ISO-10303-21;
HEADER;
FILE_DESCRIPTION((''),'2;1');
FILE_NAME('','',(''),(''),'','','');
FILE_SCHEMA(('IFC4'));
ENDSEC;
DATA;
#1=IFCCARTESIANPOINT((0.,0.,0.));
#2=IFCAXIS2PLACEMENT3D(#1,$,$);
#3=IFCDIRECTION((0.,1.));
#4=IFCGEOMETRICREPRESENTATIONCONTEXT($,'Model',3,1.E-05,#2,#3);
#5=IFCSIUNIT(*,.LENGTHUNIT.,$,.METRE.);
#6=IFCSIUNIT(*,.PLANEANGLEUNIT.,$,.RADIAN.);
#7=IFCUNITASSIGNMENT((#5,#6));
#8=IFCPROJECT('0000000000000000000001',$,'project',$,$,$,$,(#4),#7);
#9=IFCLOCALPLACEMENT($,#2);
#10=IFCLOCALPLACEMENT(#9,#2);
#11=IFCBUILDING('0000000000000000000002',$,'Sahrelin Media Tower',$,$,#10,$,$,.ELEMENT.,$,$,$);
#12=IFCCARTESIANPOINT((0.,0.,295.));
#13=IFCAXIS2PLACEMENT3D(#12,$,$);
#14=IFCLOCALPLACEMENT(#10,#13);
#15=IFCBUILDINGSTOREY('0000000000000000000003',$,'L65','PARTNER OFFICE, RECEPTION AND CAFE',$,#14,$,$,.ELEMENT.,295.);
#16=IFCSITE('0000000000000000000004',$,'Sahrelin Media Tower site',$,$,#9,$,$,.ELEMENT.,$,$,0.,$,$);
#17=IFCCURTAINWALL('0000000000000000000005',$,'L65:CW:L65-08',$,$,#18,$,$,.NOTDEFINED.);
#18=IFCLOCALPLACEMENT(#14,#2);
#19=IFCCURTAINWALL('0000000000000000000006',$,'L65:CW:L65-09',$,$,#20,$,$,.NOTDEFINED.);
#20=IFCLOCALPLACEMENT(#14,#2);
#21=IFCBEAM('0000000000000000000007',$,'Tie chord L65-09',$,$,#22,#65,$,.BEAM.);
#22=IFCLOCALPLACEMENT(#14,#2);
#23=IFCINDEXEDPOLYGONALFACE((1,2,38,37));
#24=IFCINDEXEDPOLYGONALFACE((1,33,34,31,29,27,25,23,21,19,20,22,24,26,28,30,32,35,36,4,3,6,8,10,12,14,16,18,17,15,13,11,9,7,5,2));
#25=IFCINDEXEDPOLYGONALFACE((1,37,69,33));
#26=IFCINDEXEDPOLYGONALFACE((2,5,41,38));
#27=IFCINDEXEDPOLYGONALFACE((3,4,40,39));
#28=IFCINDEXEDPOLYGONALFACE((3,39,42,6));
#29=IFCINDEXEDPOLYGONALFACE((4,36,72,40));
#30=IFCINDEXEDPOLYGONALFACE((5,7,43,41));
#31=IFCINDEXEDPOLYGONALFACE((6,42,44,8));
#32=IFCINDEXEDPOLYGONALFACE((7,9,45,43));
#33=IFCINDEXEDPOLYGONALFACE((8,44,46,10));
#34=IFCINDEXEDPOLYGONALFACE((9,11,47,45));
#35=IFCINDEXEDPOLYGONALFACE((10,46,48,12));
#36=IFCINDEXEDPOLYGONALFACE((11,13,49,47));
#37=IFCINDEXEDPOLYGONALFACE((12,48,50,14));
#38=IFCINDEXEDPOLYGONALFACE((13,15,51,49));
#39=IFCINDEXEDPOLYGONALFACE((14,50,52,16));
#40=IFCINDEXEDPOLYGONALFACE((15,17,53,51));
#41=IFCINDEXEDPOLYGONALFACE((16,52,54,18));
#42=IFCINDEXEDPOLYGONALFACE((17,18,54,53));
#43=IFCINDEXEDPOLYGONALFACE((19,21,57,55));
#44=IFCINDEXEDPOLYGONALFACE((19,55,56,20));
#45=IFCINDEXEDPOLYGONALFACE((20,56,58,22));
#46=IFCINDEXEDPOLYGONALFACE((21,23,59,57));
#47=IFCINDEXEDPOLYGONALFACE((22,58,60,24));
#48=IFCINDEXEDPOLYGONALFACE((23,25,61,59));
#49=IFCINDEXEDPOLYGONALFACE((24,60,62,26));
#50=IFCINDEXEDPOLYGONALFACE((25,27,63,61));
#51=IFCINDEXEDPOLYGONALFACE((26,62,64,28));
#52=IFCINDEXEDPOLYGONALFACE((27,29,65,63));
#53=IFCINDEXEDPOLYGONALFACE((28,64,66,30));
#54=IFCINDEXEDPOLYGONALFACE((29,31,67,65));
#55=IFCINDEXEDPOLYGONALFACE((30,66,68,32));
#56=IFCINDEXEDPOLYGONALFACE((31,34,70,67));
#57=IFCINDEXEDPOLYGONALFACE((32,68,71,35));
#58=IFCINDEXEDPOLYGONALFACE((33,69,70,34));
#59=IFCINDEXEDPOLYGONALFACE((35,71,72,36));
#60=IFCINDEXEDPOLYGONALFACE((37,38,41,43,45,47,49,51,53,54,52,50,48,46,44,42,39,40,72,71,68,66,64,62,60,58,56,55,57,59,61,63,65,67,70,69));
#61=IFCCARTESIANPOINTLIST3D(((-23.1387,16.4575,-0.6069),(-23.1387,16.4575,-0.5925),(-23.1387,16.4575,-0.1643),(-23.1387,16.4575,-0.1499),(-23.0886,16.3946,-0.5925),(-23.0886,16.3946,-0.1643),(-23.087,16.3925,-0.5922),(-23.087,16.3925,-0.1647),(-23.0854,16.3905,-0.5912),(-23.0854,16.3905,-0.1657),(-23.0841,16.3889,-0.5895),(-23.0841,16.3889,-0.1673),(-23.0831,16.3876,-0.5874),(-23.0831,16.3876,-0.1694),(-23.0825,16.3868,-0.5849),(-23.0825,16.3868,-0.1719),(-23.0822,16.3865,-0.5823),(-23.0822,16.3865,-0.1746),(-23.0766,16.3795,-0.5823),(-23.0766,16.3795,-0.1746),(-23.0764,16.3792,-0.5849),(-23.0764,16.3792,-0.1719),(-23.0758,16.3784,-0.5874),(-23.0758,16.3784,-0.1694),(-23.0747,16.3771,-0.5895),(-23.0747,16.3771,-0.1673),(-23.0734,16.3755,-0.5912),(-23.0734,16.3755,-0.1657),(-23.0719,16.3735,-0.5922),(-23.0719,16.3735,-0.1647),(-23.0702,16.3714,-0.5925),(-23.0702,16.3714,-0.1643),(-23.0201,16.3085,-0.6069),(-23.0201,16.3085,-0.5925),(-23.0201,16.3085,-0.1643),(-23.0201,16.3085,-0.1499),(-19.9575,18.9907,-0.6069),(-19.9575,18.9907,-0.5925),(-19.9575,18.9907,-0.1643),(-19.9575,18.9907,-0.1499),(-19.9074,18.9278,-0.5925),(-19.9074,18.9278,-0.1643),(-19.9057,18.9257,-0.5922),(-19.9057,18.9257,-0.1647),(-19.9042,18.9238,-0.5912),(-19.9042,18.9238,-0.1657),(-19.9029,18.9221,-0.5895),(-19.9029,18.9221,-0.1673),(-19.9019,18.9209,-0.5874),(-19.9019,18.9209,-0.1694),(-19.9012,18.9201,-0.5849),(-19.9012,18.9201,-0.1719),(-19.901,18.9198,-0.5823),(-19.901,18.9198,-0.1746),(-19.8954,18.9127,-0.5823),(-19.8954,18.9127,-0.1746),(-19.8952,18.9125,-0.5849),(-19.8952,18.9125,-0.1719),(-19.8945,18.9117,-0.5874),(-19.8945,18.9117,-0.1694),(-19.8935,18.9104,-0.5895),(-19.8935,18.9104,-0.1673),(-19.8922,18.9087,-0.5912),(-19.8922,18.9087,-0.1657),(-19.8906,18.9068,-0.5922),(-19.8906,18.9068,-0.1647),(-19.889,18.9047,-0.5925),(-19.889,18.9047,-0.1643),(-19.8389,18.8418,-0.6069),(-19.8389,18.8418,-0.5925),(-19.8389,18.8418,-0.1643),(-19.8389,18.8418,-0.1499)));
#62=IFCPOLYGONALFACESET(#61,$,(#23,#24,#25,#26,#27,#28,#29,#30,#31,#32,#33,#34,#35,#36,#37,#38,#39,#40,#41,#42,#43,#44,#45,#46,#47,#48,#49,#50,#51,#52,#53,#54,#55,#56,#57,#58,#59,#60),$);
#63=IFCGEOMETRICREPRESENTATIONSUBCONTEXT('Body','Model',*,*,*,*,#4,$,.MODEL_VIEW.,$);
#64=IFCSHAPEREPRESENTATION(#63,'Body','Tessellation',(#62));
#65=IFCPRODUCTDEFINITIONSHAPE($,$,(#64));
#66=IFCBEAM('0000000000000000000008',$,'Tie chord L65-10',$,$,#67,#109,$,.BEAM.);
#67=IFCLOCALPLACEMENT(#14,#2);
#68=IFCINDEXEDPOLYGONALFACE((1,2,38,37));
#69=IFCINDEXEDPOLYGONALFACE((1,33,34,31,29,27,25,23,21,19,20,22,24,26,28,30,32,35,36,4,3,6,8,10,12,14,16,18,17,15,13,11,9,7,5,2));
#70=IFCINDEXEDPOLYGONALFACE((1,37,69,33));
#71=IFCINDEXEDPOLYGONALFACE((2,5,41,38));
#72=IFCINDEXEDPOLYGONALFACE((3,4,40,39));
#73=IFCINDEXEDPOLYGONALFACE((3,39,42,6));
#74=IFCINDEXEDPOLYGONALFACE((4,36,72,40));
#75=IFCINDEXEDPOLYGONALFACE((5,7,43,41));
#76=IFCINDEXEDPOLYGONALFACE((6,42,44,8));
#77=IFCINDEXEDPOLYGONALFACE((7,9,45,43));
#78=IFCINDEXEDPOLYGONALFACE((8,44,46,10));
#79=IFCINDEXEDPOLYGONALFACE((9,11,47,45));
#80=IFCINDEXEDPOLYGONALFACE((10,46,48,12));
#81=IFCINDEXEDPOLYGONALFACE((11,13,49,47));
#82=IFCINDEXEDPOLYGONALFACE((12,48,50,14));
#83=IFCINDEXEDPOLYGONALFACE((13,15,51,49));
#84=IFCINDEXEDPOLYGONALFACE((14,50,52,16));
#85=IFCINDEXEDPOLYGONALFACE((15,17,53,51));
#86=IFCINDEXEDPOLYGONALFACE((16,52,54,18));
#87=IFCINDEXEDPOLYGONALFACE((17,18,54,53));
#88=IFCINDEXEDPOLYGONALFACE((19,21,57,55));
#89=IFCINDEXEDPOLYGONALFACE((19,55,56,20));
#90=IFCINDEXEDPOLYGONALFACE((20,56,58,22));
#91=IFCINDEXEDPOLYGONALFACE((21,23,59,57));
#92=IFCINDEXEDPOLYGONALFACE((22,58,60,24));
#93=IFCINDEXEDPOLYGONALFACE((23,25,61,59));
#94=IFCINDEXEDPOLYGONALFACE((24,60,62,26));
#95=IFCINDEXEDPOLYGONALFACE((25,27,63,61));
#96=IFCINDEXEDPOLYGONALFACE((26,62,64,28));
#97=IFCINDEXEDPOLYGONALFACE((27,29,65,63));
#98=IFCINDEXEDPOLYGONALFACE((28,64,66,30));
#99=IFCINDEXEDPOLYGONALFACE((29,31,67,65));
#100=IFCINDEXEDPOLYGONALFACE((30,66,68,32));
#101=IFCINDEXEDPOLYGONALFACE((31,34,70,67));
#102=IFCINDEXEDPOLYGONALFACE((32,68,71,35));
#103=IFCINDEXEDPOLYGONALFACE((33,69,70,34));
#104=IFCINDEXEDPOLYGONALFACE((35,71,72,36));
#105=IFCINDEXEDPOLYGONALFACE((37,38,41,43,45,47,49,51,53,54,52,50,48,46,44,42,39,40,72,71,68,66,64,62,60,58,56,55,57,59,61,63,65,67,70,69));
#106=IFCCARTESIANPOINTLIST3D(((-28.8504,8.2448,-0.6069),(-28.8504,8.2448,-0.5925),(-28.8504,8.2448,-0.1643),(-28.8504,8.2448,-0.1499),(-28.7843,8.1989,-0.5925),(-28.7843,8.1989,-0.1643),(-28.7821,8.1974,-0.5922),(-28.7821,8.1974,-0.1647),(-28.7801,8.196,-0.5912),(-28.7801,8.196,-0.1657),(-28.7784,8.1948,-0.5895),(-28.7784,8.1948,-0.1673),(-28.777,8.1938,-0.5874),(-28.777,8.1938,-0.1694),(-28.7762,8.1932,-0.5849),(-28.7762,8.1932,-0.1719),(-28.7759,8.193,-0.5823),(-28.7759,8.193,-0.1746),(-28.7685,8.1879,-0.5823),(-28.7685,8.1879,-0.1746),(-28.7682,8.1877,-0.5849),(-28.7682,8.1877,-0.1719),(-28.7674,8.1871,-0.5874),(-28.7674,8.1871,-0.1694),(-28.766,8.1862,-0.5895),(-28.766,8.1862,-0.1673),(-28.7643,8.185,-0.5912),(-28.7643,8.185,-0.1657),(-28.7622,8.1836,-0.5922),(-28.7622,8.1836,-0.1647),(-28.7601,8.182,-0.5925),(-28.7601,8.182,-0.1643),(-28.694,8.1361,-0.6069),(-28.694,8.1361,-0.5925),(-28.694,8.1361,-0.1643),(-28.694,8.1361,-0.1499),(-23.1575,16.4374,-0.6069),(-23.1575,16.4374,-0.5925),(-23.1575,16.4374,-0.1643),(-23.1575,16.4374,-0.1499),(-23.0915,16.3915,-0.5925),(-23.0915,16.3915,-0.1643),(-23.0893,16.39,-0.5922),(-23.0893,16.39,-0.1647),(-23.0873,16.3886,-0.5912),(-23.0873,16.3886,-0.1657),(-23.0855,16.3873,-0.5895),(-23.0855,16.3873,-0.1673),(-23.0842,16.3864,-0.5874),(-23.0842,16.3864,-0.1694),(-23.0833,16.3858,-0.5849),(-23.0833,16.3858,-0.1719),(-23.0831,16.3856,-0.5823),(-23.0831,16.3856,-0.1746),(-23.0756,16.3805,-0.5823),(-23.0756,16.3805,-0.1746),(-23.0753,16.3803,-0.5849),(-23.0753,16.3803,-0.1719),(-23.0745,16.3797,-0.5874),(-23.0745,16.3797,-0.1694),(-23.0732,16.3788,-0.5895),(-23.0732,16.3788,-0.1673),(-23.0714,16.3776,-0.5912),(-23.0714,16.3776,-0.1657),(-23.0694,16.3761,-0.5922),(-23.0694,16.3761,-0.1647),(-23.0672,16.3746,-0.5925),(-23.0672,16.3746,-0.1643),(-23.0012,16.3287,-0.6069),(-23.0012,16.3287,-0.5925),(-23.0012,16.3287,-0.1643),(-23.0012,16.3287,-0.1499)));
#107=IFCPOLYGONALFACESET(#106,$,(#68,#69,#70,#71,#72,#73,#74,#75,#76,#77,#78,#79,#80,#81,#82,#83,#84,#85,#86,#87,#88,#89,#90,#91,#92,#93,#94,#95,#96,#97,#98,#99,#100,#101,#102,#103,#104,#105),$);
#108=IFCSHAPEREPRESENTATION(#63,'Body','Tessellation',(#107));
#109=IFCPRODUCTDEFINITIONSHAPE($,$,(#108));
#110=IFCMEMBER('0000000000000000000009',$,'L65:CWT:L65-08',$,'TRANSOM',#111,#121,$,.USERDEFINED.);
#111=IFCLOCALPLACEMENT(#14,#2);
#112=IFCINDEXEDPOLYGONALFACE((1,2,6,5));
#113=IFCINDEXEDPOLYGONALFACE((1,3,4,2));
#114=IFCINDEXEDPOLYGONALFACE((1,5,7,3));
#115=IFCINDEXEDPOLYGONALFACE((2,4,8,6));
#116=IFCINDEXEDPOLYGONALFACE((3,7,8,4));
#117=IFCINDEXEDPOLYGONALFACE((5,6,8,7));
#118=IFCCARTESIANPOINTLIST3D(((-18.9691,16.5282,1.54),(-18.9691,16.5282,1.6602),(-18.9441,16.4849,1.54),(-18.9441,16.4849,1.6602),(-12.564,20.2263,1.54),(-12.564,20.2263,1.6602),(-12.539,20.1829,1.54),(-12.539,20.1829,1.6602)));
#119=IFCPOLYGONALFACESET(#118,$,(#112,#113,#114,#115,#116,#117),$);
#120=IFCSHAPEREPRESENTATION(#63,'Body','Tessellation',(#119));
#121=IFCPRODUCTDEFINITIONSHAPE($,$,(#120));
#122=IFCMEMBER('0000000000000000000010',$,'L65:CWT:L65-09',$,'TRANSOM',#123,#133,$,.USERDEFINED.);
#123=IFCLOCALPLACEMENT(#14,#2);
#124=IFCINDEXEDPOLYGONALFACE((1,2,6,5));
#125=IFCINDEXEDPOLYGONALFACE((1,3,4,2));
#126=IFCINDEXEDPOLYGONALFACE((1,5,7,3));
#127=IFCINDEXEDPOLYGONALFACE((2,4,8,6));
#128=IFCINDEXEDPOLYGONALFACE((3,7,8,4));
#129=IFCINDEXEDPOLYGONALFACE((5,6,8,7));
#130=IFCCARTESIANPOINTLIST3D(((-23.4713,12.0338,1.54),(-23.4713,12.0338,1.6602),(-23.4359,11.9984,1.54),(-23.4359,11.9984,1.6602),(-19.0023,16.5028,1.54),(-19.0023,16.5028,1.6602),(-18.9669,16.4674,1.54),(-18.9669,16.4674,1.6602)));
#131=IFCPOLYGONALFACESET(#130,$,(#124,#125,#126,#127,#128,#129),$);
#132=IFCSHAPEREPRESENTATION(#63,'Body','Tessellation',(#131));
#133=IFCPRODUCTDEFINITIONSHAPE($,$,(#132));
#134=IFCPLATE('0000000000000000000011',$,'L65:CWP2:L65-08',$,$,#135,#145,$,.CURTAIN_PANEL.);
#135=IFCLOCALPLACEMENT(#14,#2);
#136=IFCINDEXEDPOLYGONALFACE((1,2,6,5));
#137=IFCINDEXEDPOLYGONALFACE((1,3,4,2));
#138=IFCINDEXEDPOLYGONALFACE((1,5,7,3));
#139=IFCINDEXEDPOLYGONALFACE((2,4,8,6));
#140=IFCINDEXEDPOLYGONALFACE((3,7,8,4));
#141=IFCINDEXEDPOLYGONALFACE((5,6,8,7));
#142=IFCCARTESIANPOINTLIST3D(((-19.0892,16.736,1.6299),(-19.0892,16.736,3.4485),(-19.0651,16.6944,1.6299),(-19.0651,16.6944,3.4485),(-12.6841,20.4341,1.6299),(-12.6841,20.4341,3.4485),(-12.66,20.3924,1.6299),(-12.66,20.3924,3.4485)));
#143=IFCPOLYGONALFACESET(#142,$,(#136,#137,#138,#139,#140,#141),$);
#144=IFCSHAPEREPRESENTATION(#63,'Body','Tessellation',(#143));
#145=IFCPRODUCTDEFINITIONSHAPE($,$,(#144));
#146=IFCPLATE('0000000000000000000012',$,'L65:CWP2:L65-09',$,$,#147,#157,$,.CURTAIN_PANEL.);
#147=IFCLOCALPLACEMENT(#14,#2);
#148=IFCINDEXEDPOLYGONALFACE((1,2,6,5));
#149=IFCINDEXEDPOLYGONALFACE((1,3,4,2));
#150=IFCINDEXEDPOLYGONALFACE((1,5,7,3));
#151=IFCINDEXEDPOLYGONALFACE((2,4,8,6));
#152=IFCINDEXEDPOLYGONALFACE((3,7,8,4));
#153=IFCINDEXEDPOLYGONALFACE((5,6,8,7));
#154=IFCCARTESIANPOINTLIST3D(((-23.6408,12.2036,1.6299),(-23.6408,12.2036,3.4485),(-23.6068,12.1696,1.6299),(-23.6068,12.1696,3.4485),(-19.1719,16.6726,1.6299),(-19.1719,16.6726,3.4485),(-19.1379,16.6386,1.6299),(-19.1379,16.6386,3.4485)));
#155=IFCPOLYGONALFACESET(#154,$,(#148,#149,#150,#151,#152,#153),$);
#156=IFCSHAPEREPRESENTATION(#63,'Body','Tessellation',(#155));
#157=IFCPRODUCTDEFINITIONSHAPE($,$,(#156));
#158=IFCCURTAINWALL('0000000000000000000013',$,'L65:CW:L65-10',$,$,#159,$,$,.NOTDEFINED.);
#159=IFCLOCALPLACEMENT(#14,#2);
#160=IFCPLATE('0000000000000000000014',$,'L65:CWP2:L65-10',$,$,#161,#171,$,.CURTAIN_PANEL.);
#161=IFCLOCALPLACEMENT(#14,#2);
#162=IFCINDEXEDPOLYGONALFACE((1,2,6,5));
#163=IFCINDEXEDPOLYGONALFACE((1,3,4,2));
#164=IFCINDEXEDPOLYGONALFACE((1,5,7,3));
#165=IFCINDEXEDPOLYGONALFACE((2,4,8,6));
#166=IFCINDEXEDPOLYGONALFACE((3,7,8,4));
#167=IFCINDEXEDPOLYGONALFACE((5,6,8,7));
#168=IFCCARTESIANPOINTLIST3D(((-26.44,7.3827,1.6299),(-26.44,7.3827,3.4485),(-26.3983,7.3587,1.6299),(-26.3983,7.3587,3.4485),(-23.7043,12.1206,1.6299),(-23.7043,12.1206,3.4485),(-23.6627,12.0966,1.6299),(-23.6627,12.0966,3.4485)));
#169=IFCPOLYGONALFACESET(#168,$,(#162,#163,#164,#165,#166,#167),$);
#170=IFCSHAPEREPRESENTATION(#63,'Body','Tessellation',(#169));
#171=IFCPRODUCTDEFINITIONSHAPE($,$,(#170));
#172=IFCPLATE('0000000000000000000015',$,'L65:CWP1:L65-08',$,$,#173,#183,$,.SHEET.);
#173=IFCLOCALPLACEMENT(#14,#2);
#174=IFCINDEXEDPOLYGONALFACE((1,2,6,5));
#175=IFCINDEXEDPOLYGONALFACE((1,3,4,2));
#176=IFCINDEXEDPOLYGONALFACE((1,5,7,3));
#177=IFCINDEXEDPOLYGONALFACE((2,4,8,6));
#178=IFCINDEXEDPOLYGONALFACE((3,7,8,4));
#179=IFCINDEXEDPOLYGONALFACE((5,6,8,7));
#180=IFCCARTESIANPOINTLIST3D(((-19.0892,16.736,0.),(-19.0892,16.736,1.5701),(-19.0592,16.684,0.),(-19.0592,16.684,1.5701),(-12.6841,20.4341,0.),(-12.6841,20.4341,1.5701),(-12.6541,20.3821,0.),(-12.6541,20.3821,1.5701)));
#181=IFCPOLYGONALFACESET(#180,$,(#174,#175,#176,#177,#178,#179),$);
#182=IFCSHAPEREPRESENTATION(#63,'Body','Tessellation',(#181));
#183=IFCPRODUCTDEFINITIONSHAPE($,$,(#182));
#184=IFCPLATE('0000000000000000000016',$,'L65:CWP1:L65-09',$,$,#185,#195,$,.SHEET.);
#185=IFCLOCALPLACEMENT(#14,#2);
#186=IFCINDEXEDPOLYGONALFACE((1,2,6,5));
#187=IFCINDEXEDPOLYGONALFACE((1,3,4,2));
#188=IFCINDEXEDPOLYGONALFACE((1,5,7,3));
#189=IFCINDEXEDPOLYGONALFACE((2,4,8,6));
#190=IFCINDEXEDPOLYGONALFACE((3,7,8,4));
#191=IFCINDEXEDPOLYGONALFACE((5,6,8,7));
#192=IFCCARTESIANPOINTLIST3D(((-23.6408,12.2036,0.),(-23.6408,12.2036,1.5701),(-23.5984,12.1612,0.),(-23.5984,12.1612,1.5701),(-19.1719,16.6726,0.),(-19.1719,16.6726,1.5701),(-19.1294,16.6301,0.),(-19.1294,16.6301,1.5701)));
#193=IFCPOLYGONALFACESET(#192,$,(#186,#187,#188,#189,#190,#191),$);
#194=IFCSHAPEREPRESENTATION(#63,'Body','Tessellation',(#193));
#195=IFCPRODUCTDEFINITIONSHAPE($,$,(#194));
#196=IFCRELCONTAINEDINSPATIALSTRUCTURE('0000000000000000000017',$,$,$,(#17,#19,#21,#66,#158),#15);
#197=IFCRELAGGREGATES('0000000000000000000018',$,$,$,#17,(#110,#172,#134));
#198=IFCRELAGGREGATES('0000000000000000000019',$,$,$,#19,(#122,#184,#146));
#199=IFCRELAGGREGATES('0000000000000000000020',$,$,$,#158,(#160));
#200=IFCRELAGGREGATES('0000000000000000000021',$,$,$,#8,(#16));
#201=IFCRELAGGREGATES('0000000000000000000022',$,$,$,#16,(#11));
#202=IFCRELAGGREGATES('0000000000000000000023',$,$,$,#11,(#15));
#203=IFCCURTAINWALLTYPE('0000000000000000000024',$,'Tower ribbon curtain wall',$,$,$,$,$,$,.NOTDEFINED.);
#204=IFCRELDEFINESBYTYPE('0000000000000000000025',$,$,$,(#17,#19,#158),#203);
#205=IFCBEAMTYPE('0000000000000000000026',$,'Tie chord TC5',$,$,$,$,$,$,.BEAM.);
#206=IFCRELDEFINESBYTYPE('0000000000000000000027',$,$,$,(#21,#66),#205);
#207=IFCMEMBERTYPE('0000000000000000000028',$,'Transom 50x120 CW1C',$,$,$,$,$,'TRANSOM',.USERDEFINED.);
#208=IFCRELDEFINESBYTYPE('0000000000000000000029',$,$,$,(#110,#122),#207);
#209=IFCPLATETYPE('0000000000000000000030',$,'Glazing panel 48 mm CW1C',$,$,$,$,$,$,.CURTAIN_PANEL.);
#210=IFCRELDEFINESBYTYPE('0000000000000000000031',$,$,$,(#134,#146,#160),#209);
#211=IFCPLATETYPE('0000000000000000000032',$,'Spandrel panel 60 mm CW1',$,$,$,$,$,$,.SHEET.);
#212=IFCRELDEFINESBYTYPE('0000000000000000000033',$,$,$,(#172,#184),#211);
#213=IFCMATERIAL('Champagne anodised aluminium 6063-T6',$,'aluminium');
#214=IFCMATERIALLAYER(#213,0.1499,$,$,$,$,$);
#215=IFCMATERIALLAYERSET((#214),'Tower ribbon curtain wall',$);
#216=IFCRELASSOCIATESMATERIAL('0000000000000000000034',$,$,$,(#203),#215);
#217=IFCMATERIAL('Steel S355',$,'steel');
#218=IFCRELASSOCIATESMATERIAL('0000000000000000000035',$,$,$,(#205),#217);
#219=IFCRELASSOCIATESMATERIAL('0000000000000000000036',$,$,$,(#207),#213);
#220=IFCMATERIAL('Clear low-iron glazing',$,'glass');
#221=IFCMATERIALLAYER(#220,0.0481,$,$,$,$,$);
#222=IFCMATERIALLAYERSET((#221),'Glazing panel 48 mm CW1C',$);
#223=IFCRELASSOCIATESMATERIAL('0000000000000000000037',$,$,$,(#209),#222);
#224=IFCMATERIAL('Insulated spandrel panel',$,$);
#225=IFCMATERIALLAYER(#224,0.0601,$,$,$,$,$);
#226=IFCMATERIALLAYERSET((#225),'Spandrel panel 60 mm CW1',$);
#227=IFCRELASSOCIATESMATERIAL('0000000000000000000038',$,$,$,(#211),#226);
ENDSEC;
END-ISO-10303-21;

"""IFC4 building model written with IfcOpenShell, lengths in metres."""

from ifc_helpers import new_model, si_unit, direction, frame, origin, origin_2d, place, context, subcontext, project, spatial, polyline, rectangle, i_section, outline, extrude, material, layer, layer_set, material_profile, profile_set, type_object, element, aggregate, save


model = new_model("IFC4")

# Units and contexts
model_context = context("Model", 3, precision=1e-05, world=origin(), true_north=direction((0.0, 1.0)))
body_context = subcontext(model_context, "Body", "Model", "MODEL_VIEW")
ifc_project = project(units=[si_unit("LENGTHUNIT", "METRE"), si_unit("PLANEANGLEUNIT", "RADIAN")], contexts=[model_context])

# Site, building, storey
site_placement = place(None, origin())
site = spatial("IfcSite", under=ifc_project, at=site_placement, Name="Sahrelin Media Tower site", CompositionType="ELEMENT", RefElevation=0.0)
building_placement = place(site_placement, origin())
building = spatial("IfcBuilding", under=site, at=building_placement, Name="Sahrelin Media Tower", CompositionType="ELEMENT")
storey_placement = place(building_placement, frame((0.0, 0.0, 295.0)))
storey = spatial("IfcBuildingStorey", under=building, at=storey_placement, Name="L65", Description="PARTNER OFFICE, RECEPTION AND CAFE", CompositionType="ELEMENT", Elevation=295.0)

# Shared definitions
ifc_material_1 = material(Name="Steel S355", Category="steel")

# Curtain walls
ifc_material_2 = material(Name="Champagne anodised aluminium 6063-T6", Category="aluminium")
ifc_layer_1 = layer(ifc_material_2, 0.1499)
ifc_layer_set_1 = layer_set([ifc_layer_1], Name="Tower ribbon curtain wall")
curtain_wall_type = type_object("IfcCurtainWallType", Name="Tower ribbon curtain wall", PredefinedType="NOTDEFINED", material=ifc_layer_set_1)
curtain_wall_1_placement = place(storey_placement, frame((-15.8767, 18.5676, 0.0), z_axis=(0.0, 0.0, 1.0), x_axis=(1.0, 0.0, 0.0)))
curtain_wall_1 = element("IfcCurtainWall", 1, at=curtain_wall_1_placement, inside=storey, type_object=curtain_wall_type, Name="L65:CW:L65-08", PredefinedType="NOTDEFINED")
curtain_wall_2_placement = place(storey_placement, frame((-21.3921, 14.4238, 0.0), z_axis=(0.0, 0.0, 1.0), x_axis=(1.0, 0.0, 0.0)))
curtain_wall_2 = element("IfcCurtainWall", 2, at=curtain_wall_2_placement, inside=storey, type_object=curtain_wall_type, Name="L65:CW:L65-09", PredefinedType="NOTDEFINED")

# Beams
ifc_material_profile_1 = material_profile(ifc_material_1, i_section(OverallWidth=0.1904, OverallDepth=0.457, WebThickness=0.009, FlangeThickness=0.0144, FilletRadius=0.0103, at=origin_2d()), Name="UB 457x191x74")
ifc_profile_set_1 = profile_set([ifc_material_profile_1], Name="Steel S355")
beam_type_1 = type_object("IfcBeamType", Name="Tie chord TC5", PredefinedType="BEAM", material=ifc_profile_set_1)
beam_1_placement = place(storey_placement, frame((-19.8982, 18.9163, -0.3784), z_axis=(-0.782273, -0.622936, 0.0), x_axis=(0.622936, -0.782273, 0.0)))
element("IfcBeam", 3, at=beam_1_placement, inside=storey, type_object=beam_type_1, Name="Tie chord L65-09", PredefinedType="BEAM", context=body_context, shape_type="SweptSolid", body=[
    extrude(i_section(OverallWidth=0.1904, OverallDepth=0.457, WebThickness=0.009, FlangeThickness=0.0144, FilletRadius=0.0103, at=origin_2d()), origin(), (0.0, 0.0, 1.0), 4.0667),
])
beam_2_placement = place(storey_placement, frame((-23.0793, 16.3831, -0.3784), z_axis=(-0.570636, -0.821203, 0.0), x_axis=(0.821203, -0.570636, 0.0)))
element("IfcBeam", 4, at=beam_2_placement, inside=storey, type_object=beam_type_1, Name="Tie chord L65-10", PredefinedType="BEAM", context=body_context, shape_type="SweptSolid", body=[
    extrude(i_section(OverallWidth=0.1904, OverallDepth=0.457, WebThickness=0.009, FlangeThickness=0.0144, FilletRadius=0.0103, at=origin_2d()), origin(), (0.0, 0.0, 1.0), 9.9763),
])

# Members
ifc_material_profile_2 = material_profile(ifc_material_2, rectangle(XDim=0.05, YDim=0.1201, at=origin_2d()), Name="Transom 50x120")
ifc_profile_set_2 = profile_set([ifc_material_profile_2], Name="Champagne anodised aluminium 6063-T6")
member_type_1 = type_object("IfcMemberType", Name="Transom 50x120 CW1C", ElementType="TRANSOM", PredefinedType="USERDEFINED", material=ifc_profile_set_2)
member_1_placement = place(storey_placement, frame((-12.5515, 20.2046, 1.6001), z_axis=(-0.866022, -0.500005, 0.0), x_axis=(0.500005, -0.866022, 0.0)))
member_1 = element("IfcMember", 5, at=member_1_placement, type_object=member_type_1, Name="L65:CWT:L65-08", ObjectType="TRANSOM", PredefinedType="USERDEFINED", context=body_context, shape_type="SweptSolid", body=[
    extrude(rectangle(XDim=0.05, YDim=0.1201, at=origin_2d()), origin(), (0.0, 0.0, 1.0), 7.396),
])
member_2_placement = place(storey_placement, frame((-18.9846, 16.4851, 1.6001), z_axis=(-0.707107, -0.707107, 0.0), x_axis=(0.707107, -0.707107, 0.0)))
member_2 = element("IfcMember", 6, at=member_2_placement, type_object=member_type_1, Name="L65:CWT:L65-09", ObjectType="TRANSOM", PredefinedType="USERDEFINED", context=body_context, shape_type="SweptSolid", body=[
    extrude(rectangle(XDim=0.05, YDim=0.1201, at=origin_2d()), origin(), (0.0, 0.0, 1.0), 6.3201),
])

# Plates
ifc_material_3 = material(Name="Clear low-iron glazing", Category="glass")
ifc_layer_2 = layer(ifc_material_3, 0.0481)
ifc_layer_set_2 = layer_set([ifc_layer_2], Name="Glazing panel 48 mm CW1C")
plate_type_1 = type_object("IfcPlateType", Name="Glazing panel 48 mm CW1C", PredefinedType="CURTAIN_PANEL", material=ifc_layer_set_2)
plate_1_placement = place(storey_placement, frame((-12.6841, 20.4341, 1.6299), z_axis=(-0.500005, 0.866022, 0.0), x_axis=(-0.866022, -0.500005, 0.0)))
plate_1 = element("IfcPlate", 7, at=plate_1_placement, type_object=plate_type_1, Name="L65:CWP2:L65-08", PredefinedType="CURTAIN_PANEL", context=body_context, shape_type="SweptSolid", body=[
    extrude(outline(polyline([(0.0, 0.0), (7.396, 0.0), (7.396, 1.8186), (0.0, 1.8186), (0.0, 0.0)])), origin(), (0.0, 0.0, -1.0), 0.0481),
])
plate_2_placement = place(storey_placement, frame((-19.1719, 16.6726, 1.6299), z_axis=(-0.707107, 0.707107, 0.0), x_axis=(-0.707107, -0.707107, 0.0)))
plate_2 = element("IfcPlate", 8, at=plate_2_placement, type_object=plate_type_1, Name="L65:CWP2:L65-09", PredefinedType="CURTAIN_PANEL", context=body_context, shape_type="SweptSolid", body=[
    extrude(outline(polyline([(0.0, 0.0), (6.3201, 0.0), (6.3201, 1.8186), (0.0, 1.8186), (0.0, 0.0)])), origin(), (0.0, 0.0, -1.0), 0.0481),
])

# Curtain wall, plate
curtain_wall_3_placement = place(storey_placement, frame((-25.0549, 9.7417, 0.0), z_axis=(0.0, 0.0, 1.0), x_axis=(1.0, 0.0, 0.0)))
curtain_wall_3 = element("IfcCurtainWall", 9, at=curtain_wall_3_placement, inside=storey, type_object=curtain_wall_type, Name="L65:CW:L65-10", PredefinedType="NOTDEFINED")
plate_3_placement = place(storey_placement, frame((-23.7043, 12.1206, 1.6299), z_axis=(-0.866007, 0.500031, 0.0), x_axis=(-0.500031, -0.866007, 0.0)))
plate_3 = element("IfcPlate", 10, at=plate_3_placement, type_object=plate_type_1, Name="L65:CWP2:L65-10", PredefinedType="CURTAIN_PANEL", context=body_context, shape_type="SweptSolid", body=[
    extrude(outline(polyline([(0.0, 0.0), (5.4709, 0.0), (5.4709, 1.8186), (0.0, 1.8186), (0.0, 0.0)])), origin(), (0.0, 0.0, -1.0), 0.0481),
])

# Plates
ifc_material_4 = material(Name="Insulated spandrel panel")
ifc_layer_3 = layer(ifc_material_4, 0.0601)
ifc_layer_set_3 = layer_set([ifc_layer_3], Name="Spandrel panel 60 mm CW1")
plate_type_2 = type_object("IfcPlateType", Name="Spandrel panel 60 mm CW1", PredefinedType="SHEET", material=ifc_layer_set_3)
plate_4_placement = place(storey_placement, frame((-12.6841, 20.4341, 0.0), z_axis=(-0.500005, 0.866022, 0.0), x_axis=(-0.866022, -0.500005, 0.0)))
plate_4 = element("IfcPlate", 11, at=plate_4_placement, type_object=plate_type_2, Name="L65:CWP1:L65-08", PredefinedType="SHEET", context=body_context, shape_type="SweptSolid", body=[
    extrude(outline(polyline([(0.0, 0.0), (7.396, 0.0), (7.396, 1.5701), (0.0, 1.5701), (0.0, 0.0)])), origin(), (0.0, 0.0, -1.0), 0.0601),
])
aggregate(curtain_wall_1, [member_1, plate_4, plate_1])
plate_5_placement = place(storey_placement, frame((-19.1719, 16.6726, 0.0), z_axis=(-0.707107, 0.707107, 0.0), x_axis=(-0.707107, -0.707107, 0.0)))
plate_5 = element("IfcPlate", 12, at=plate_5_placement, type_object=plate_type_2, Name="L65:CWP1:L65-09", PredefinedType="SHEET", context=body_context, shape_type="SweptSolid", body=[
    extrude(outline(polyline([(0.0, 0.0), (6.3201, 0.0), (6.3201, 1.5701), (0.0, 1.5701), (0.0, 0.0)])), origin(), (0.0, 0.0, -1.0), 0.0601),
])
aggregate(curtain_wall_2, [member_2, plate_5, plate_2])
aggregate(curtain_wall_3, [plate_3])

save(model, "model.ifc")
